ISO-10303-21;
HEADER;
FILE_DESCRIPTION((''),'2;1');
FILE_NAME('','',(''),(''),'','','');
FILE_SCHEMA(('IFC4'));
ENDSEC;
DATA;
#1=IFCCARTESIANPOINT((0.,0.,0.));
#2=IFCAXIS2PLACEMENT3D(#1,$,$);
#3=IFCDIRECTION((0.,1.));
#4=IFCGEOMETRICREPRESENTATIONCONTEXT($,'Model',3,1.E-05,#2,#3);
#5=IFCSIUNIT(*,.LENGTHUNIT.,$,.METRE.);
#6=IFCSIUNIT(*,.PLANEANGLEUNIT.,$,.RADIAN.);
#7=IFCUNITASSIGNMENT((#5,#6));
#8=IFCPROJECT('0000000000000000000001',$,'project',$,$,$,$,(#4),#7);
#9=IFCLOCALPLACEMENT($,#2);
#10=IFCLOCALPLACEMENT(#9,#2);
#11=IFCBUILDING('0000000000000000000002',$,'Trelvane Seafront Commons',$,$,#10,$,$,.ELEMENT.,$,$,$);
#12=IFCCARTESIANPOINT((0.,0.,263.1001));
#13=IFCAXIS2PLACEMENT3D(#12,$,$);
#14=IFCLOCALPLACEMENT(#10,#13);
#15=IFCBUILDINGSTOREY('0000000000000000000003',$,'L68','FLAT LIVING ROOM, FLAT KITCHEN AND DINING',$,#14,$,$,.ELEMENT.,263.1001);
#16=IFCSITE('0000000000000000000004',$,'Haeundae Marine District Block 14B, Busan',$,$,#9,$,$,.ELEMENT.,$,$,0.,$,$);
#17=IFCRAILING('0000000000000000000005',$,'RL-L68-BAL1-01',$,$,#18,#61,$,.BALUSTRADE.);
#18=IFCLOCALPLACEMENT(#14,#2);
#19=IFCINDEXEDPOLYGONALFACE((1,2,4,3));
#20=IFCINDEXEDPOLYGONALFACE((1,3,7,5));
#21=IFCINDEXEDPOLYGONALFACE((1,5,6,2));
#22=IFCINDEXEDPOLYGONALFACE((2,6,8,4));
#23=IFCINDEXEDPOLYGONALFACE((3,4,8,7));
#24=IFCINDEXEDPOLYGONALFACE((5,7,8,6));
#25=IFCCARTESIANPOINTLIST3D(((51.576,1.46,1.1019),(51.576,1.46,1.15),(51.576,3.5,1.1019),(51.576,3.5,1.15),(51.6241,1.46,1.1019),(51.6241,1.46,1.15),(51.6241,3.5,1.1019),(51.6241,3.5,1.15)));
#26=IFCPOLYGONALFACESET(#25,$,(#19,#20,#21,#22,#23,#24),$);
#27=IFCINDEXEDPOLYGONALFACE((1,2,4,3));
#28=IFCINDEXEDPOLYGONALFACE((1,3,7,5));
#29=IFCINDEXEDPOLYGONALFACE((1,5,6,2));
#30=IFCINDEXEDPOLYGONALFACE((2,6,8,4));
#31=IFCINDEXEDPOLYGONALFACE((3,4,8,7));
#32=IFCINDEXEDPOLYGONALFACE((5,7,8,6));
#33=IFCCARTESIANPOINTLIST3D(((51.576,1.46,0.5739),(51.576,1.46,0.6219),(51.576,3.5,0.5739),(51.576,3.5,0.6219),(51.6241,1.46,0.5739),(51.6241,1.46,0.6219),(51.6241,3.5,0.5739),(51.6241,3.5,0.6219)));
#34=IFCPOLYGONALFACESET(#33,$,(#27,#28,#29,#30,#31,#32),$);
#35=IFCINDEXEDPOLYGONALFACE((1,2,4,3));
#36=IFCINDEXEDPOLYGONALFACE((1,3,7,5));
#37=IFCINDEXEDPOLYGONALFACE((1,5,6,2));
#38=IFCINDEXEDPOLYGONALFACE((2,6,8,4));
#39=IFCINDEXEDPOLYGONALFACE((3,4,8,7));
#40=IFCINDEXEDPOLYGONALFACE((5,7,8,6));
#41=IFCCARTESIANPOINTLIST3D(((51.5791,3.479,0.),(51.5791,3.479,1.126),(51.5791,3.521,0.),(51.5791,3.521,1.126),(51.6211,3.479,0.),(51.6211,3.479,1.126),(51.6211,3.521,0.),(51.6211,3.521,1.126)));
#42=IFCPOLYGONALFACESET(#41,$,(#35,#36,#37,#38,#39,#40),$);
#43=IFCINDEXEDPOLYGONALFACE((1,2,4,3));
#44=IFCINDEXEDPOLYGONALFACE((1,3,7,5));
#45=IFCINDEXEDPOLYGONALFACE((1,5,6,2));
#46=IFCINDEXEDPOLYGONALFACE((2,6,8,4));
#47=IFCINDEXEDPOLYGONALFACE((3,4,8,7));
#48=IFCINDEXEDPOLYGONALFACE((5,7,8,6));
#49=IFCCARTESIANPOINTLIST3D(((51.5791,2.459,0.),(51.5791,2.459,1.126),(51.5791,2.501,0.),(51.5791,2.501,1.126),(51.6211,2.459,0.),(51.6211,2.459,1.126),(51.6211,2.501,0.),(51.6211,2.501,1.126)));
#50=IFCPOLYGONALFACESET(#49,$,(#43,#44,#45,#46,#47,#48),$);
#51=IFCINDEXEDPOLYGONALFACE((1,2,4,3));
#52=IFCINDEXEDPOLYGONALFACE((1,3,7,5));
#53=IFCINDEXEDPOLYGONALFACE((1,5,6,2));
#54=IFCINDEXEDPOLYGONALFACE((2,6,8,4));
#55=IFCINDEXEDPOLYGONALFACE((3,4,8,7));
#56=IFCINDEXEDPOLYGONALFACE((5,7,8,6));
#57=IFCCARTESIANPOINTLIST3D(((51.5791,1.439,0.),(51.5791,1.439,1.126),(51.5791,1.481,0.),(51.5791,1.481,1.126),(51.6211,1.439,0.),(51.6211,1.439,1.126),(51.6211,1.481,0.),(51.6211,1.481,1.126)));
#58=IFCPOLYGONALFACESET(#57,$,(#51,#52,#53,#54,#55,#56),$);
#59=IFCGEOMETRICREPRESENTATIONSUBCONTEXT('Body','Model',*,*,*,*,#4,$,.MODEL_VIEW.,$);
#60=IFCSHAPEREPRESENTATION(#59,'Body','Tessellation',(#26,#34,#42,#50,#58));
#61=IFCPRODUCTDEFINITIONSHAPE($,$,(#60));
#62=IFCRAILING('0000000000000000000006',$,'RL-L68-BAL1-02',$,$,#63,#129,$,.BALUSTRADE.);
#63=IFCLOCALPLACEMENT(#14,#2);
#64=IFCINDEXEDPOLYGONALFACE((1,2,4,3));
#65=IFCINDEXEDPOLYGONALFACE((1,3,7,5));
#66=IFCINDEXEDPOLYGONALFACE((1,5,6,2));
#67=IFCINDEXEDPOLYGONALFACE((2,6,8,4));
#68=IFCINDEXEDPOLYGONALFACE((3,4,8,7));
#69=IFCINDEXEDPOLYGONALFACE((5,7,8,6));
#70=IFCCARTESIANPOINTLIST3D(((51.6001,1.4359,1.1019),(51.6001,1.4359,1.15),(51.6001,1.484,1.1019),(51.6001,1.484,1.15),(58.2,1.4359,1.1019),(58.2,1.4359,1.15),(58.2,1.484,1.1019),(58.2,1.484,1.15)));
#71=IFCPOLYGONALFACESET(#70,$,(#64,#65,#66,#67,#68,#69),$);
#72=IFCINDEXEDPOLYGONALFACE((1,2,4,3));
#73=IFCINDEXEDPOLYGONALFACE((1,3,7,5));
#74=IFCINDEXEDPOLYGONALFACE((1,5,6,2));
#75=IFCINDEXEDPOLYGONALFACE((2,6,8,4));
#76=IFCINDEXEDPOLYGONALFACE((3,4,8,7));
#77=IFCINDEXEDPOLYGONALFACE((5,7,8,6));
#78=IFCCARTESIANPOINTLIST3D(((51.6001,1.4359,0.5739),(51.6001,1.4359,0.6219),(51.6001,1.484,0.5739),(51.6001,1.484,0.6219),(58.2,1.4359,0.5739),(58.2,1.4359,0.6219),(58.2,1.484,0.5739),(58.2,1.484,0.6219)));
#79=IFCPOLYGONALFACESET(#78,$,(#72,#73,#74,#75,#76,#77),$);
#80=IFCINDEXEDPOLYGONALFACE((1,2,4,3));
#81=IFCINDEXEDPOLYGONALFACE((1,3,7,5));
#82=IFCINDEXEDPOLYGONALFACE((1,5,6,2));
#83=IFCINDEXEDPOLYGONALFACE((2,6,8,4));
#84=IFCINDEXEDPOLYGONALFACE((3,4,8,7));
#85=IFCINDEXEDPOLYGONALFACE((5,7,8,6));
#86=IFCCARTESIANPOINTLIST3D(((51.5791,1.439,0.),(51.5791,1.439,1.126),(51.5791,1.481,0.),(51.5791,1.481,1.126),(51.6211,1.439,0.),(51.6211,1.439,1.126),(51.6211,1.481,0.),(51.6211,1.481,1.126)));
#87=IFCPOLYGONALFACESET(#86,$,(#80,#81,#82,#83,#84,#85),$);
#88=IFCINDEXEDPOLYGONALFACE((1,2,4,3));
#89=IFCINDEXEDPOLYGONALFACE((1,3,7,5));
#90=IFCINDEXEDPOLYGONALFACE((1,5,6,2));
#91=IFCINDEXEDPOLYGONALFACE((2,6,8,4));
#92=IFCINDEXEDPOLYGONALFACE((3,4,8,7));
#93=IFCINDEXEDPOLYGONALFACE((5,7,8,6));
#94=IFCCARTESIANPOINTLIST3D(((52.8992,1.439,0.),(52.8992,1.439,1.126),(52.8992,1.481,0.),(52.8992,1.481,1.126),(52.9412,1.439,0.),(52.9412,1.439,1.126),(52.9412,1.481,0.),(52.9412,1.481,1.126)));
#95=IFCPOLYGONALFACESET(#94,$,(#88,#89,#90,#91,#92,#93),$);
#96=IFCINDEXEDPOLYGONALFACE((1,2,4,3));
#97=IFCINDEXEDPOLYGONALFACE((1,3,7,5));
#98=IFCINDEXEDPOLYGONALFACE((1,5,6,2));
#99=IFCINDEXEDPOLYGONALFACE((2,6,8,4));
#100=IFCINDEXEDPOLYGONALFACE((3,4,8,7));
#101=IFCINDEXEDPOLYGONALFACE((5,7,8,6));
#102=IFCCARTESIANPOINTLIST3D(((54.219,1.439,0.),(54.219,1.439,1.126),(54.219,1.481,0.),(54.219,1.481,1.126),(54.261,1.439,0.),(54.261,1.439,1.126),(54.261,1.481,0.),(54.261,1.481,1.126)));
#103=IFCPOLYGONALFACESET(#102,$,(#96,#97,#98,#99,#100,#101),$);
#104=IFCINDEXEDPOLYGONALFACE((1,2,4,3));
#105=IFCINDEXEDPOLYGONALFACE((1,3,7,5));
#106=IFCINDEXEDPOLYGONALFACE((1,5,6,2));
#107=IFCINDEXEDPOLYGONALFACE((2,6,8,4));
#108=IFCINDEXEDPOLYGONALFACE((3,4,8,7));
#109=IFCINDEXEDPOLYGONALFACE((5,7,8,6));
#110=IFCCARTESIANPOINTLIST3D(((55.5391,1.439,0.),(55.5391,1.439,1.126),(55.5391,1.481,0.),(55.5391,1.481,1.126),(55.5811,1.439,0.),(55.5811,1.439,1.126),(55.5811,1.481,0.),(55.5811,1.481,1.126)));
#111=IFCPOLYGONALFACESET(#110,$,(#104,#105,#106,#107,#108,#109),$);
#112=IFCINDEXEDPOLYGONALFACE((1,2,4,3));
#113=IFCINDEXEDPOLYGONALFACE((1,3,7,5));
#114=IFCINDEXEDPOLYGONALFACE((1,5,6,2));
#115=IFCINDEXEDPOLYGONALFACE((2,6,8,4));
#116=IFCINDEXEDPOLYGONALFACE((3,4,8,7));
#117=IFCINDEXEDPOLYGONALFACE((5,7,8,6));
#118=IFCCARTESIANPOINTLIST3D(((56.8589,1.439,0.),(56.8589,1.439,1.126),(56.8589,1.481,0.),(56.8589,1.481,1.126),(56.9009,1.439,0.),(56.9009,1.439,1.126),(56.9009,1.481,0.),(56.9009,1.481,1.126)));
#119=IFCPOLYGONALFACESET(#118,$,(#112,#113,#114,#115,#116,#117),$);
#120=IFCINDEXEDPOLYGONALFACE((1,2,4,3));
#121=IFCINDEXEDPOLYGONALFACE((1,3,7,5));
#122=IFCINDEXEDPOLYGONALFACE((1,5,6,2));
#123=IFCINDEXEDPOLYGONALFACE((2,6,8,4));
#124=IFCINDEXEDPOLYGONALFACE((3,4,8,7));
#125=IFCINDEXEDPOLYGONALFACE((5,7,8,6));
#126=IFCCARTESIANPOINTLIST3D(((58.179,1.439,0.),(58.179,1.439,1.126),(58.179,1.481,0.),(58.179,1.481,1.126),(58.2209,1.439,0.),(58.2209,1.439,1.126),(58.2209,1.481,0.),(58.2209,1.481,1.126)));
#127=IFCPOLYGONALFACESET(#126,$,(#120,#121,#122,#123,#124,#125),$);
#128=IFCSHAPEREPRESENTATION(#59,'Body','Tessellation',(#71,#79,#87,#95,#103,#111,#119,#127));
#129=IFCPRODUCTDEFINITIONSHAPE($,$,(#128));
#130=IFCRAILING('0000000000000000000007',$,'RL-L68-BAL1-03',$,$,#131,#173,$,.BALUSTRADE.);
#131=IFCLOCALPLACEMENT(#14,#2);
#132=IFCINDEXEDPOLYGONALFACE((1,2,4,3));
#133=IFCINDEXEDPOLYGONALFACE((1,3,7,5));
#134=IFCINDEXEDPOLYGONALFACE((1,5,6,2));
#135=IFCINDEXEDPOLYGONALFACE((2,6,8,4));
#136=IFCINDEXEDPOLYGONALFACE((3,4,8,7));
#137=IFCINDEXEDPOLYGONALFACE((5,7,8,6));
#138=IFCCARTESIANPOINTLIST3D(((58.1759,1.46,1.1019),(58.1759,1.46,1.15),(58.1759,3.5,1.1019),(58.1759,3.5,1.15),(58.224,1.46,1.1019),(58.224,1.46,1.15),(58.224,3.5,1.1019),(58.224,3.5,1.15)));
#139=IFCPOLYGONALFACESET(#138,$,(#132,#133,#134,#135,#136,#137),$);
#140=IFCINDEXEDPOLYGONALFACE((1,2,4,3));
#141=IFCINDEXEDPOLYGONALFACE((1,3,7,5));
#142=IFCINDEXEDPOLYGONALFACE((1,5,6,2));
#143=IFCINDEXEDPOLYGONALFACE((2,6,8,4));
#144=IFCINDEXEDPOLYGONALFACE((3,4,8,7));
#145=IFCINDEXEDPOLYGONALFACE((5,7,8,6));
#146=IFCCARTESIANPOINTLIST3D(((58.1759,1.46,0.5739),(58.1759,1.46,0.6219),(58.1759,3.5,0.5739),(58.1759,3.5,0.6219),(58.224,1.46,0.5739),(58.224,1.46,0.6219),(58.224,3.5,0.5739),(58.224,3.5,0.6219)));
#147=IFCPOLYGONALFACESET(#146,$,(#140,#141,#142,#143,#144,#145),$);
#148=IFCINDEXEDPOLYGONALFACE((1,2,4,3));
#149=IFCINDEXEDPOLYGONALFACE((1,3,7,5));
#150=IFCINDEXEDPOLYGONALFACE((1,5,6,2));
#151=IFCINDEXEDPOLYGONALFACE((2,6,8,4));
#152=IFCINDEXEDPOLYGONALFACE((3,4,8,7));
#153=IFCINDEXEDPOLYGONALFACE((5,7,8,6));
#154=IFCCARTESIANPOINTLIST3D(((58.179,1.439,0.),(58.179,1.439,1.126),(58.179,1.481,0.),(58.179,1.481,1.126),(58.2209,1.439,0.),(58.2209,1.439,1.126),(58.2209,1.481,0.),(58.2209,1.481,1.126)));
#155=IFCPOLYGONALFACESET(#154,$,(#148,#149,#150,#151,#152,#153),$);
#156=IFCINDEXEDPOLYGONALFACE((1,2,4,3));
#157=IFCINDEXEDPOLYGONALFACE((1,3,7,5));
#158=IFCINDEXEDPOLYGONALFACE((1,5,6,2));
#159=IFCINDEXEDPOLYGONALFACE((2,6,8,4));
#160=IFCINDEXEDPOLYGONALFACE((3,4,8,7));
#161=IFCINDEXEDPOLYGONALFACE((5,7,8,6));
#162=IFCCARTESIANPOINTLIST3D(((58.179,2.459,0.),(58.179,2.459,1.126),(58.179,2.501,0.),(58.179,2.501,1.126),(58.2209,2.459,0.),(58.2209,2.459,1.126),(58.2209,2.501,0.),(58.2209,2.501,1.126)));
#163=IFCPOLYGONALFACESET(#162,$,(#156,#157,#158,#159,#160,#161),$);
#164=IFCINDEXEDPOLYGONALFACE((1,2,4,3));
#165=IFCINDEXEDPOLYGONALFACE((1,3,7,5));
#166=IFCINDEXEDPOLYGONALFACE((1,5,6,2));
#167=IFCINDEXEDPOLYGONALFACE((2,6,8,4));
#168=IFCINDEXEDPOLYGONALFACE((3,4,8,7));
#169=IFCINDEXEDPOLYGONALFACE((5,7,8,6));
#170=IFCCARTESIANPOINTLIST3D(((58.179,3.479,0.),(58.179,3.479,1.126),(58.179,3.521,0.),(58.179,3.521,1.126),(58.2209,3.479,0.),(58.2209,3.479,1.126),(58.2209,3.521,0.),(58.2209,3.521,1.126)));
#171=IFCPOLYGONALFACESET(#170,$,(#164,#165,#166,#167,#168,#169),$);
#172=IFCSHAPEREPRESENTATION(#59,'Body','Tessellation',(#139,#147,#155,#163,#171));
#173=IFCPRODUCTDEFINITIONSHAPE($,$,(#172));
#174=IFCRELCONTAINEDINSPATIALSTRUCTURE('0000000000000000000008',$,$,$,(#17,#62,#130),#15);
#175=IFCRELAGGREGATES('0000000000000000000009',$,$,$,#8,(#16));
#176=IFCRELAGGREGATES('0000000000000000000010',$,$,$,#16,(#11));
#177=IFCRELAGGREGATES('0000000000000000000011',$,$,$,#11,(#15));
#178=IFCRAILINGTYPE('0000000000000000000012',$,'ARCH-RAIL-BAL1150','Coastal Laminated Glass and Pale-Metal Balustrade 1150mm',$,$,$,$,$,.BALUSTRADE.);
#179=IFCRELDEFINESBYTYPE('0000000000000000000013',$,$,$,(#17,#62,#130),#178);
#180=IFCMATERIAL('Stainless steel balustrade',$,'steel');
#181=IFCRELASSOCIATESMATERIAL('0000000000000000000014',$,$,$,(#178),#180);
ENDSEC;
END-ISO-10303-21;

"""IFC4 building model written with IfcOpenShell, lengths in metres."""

from ifc_helpers import new_model, si_unit, direction, frame, origin, origin_2d, place, context, subcontext, project, spatial, rectangle, extrude, material, type_object, element, save


model = new_model("IFC4")

# Units and contexts
model_context = context("Model", 3, precision=1e-05, world=origin(), true_north=direction((0.0, 1.0)))
body_context = subcontext(model_context, "Body", "Model", "MODEL_VIEW")
ifc_project = project(units=[si_unit("LENGTHUNIT", "METRE"), si_unit("PLANEANGLEUNIT", "RADIAN")], contexts=[model_context])

# Site, building, storey
site_placement = place(None, origin())
site = spatial("IfcSite", under=ifc_project, at=site_placement, Name="Haeundae Marine District Block 14B, Busan", CompositionType="ELEMENT", RefElevation=0.0)
building_placement = place(site_placement, origin())
building = spatial("IfcBuilding", under=site, at=building_placement, Name="Trelvane Seafront Commons", CompositionType="ELEMENT")
storey_placement = place(building_placement, frame((0.0, 0.0, 263.1001)))
storey = spatial("IfcBuildingStorey", under=building, at=storey_placement, Name="L68", Description="FLAT LIVING ROOM, FLAT KITCHEN AND DINING", CompositionType="ELEMENT", Elevation=263.1001)

# Railings
ifc_material_1 = material(Name="Stainless steel balustrade", Category="steel")
railing_type = type_object("IfcRailingType", Name="ARCH-RAIL-BAL1150", Description="Coastal Laminated Glass and Pale-Metal Balustrade 1150mm", PredefinedType="BALUSTRADE", material=ifc_material_1)
railing_1_placement = place(storey_placement, frame((51.6001, 3.5, 0.0)))
element("IfcRailing", 1, at=railing_1_placement, inside=storey, type_object=railing_type, Name="RL-L68-BAL1-01", PredefinedType="BALUSTRADE", context=body_context, shape_type="SweptSolid", body=[
    extrude(rectangle(XDim=0.0481, YDim=0.0481, at=origin_2d()), frame((0.0, 0.0, 1.126), z_axis=(0.0, -1.0, 0.0), x_axis=(1.0, 0.0, 0.0)), (0.0, 0.0, 1.0), 2.04),
    extrude(rectangle(XDim=0.0481, YDim=0.0481, at=origin_2d()), frame((0.0, 0.0, 0.5979), z_axis=(0.0, -1.0, 0.0), x_axis=(1.0, 0.0, 0.0)), (0.0, 0.0, 1.0), 2.04),
    extrude(rectangle(XDim=0.042, YDim=0.042, at=origin_2d()), origin(), (0.0, 0.0, 1.0), 1.126),
    extrude(rectangle(XDim=0.042, YDim=0.042, at=origin_2d()), frame((0.0, -1.02, 0.0)), (0.0, 0.0, 1.0), 1.126),
    extrude(rectangle(XDim=0.042, YDim=0.042, at=origin_2d()), frame((0.0, -2.04, 0.0)), (0.0, 0.0, 1.0), 1.126),
])
railing_2_placement = place(storey_placement, frame((51.6001, 1.46, 0.0)))
element("IfcRailing", 2, at=railing_2_placement, inside=storey, type_object=railing_type, Name="RL-L68-BAL1-02", PredefinedType="BALUSTRADE", context=body_context, shape_type="SweptSolid", body=[
    extrude(rectangle(XDim=0.0481, YDim=0.0481, at=origin_2d()), frame((0.0, 0.0, 1.126), z_axis=(1.0, 0.0, 0.0), x_axis=(0.0, 1.0, 0.0)), (0.0, 0.0, 1.0), 6.5999),
    extrude(rectangle(XDim=0.0481, YDim=0.0481, at=origin_2d()), frame((0.0, 0.0, 0.5979), z_axis=(1.0, 0.0, 0.0), x_axis=(0.0, 1.0, 0.0)), (0.0, 0.0, 1.0), 6.5999),
    extrude(rectangle(XDim=0.042, YDim=0.042, at=origin_2d()), origin(), (0.0, 0.0, 1.0), 1.126),
    extrude(rectangle(XDim=0.042, YDim=0.042, at=origin_2d()), frame((1.3201, 0.0, 0.0)), (0.0, 0.0, 1.0), 1.126),
    extrude(rectangle(XDim=0.042, YDim=0.042, at=origin_2d()), frame((2.6399, 0.0, 0.0)), (0.0, 0.0, 1.0), 1.126),
    extrude(rectangle(XDim=0.042, YDim=0.042, at=origin_2d()), frame((3.96, 0.0, 0.0)), (0.0, 0.0, 1.0), 1.126),
    extrude(rectangle(XDim=0.042, YDim=0.042, at=origin_2d()), frame((5.2798, 0.0, 0.0)), (0.0, 0.0, 1.0), 1.126),
    extrude(rectangle(XDim=0.042, YDim=0.042, at=origin_2d()), frame((6.5999, 0.0, 0.0)), (0.0, 0.0, 1.0), 1.126),
])
railing_3_placement = place(storey_placement, frame((58.2, 1.46, 0.0)))
element("IfcRailing", 3, at=railing_3_placement, inside=storey, type_object=railing_type, Name="RL-L68-BAL1-03", PredefinedType="BALUSTRADE", context=body_context, shape_type="SweptSolid", body=[
    extrude(rectangle(XDim=0.0481, YDim=0.0481, at=origin_2d()), frame((0.0, 0.0, 1.126), z_axis=(0.0, 1.0, 0.0), x_axis=(-1.0, 0.0, 0.0)), (0.0, 0.0, 1.0), 2.04),
    extrude(rectangle(XDim=0.0481, YDim=0.0481, at=origin_2d()), frame((0.0, 0.0, 0.5979), z_axis=(0.0, 1.0, 0.0), x_axis=(-1.0, 0.0, 0.0)), (0.0, 0.0, 1.0), 2.04),
    extrude(rectangle(XDim=0.042, YDim=0.042, at=origin_2d()), origin(), (0.0, 0.0, 1.0), 1.126),
    extrude(rectangle(XDim=0.042, YDim=0.042, at=origin_2d()), frame((0.0, 1.02, 0.0)), (0.0, 0.0, 1.0), 1.126),
    extrude(rectangle(XDim=0.042, YDim=0.042, at=origin_2d()), frame((0.0, 2.04, 0.0)), (0.0, 0.0, 1.0), 1.126),
])

save(model, "model.ifc")
